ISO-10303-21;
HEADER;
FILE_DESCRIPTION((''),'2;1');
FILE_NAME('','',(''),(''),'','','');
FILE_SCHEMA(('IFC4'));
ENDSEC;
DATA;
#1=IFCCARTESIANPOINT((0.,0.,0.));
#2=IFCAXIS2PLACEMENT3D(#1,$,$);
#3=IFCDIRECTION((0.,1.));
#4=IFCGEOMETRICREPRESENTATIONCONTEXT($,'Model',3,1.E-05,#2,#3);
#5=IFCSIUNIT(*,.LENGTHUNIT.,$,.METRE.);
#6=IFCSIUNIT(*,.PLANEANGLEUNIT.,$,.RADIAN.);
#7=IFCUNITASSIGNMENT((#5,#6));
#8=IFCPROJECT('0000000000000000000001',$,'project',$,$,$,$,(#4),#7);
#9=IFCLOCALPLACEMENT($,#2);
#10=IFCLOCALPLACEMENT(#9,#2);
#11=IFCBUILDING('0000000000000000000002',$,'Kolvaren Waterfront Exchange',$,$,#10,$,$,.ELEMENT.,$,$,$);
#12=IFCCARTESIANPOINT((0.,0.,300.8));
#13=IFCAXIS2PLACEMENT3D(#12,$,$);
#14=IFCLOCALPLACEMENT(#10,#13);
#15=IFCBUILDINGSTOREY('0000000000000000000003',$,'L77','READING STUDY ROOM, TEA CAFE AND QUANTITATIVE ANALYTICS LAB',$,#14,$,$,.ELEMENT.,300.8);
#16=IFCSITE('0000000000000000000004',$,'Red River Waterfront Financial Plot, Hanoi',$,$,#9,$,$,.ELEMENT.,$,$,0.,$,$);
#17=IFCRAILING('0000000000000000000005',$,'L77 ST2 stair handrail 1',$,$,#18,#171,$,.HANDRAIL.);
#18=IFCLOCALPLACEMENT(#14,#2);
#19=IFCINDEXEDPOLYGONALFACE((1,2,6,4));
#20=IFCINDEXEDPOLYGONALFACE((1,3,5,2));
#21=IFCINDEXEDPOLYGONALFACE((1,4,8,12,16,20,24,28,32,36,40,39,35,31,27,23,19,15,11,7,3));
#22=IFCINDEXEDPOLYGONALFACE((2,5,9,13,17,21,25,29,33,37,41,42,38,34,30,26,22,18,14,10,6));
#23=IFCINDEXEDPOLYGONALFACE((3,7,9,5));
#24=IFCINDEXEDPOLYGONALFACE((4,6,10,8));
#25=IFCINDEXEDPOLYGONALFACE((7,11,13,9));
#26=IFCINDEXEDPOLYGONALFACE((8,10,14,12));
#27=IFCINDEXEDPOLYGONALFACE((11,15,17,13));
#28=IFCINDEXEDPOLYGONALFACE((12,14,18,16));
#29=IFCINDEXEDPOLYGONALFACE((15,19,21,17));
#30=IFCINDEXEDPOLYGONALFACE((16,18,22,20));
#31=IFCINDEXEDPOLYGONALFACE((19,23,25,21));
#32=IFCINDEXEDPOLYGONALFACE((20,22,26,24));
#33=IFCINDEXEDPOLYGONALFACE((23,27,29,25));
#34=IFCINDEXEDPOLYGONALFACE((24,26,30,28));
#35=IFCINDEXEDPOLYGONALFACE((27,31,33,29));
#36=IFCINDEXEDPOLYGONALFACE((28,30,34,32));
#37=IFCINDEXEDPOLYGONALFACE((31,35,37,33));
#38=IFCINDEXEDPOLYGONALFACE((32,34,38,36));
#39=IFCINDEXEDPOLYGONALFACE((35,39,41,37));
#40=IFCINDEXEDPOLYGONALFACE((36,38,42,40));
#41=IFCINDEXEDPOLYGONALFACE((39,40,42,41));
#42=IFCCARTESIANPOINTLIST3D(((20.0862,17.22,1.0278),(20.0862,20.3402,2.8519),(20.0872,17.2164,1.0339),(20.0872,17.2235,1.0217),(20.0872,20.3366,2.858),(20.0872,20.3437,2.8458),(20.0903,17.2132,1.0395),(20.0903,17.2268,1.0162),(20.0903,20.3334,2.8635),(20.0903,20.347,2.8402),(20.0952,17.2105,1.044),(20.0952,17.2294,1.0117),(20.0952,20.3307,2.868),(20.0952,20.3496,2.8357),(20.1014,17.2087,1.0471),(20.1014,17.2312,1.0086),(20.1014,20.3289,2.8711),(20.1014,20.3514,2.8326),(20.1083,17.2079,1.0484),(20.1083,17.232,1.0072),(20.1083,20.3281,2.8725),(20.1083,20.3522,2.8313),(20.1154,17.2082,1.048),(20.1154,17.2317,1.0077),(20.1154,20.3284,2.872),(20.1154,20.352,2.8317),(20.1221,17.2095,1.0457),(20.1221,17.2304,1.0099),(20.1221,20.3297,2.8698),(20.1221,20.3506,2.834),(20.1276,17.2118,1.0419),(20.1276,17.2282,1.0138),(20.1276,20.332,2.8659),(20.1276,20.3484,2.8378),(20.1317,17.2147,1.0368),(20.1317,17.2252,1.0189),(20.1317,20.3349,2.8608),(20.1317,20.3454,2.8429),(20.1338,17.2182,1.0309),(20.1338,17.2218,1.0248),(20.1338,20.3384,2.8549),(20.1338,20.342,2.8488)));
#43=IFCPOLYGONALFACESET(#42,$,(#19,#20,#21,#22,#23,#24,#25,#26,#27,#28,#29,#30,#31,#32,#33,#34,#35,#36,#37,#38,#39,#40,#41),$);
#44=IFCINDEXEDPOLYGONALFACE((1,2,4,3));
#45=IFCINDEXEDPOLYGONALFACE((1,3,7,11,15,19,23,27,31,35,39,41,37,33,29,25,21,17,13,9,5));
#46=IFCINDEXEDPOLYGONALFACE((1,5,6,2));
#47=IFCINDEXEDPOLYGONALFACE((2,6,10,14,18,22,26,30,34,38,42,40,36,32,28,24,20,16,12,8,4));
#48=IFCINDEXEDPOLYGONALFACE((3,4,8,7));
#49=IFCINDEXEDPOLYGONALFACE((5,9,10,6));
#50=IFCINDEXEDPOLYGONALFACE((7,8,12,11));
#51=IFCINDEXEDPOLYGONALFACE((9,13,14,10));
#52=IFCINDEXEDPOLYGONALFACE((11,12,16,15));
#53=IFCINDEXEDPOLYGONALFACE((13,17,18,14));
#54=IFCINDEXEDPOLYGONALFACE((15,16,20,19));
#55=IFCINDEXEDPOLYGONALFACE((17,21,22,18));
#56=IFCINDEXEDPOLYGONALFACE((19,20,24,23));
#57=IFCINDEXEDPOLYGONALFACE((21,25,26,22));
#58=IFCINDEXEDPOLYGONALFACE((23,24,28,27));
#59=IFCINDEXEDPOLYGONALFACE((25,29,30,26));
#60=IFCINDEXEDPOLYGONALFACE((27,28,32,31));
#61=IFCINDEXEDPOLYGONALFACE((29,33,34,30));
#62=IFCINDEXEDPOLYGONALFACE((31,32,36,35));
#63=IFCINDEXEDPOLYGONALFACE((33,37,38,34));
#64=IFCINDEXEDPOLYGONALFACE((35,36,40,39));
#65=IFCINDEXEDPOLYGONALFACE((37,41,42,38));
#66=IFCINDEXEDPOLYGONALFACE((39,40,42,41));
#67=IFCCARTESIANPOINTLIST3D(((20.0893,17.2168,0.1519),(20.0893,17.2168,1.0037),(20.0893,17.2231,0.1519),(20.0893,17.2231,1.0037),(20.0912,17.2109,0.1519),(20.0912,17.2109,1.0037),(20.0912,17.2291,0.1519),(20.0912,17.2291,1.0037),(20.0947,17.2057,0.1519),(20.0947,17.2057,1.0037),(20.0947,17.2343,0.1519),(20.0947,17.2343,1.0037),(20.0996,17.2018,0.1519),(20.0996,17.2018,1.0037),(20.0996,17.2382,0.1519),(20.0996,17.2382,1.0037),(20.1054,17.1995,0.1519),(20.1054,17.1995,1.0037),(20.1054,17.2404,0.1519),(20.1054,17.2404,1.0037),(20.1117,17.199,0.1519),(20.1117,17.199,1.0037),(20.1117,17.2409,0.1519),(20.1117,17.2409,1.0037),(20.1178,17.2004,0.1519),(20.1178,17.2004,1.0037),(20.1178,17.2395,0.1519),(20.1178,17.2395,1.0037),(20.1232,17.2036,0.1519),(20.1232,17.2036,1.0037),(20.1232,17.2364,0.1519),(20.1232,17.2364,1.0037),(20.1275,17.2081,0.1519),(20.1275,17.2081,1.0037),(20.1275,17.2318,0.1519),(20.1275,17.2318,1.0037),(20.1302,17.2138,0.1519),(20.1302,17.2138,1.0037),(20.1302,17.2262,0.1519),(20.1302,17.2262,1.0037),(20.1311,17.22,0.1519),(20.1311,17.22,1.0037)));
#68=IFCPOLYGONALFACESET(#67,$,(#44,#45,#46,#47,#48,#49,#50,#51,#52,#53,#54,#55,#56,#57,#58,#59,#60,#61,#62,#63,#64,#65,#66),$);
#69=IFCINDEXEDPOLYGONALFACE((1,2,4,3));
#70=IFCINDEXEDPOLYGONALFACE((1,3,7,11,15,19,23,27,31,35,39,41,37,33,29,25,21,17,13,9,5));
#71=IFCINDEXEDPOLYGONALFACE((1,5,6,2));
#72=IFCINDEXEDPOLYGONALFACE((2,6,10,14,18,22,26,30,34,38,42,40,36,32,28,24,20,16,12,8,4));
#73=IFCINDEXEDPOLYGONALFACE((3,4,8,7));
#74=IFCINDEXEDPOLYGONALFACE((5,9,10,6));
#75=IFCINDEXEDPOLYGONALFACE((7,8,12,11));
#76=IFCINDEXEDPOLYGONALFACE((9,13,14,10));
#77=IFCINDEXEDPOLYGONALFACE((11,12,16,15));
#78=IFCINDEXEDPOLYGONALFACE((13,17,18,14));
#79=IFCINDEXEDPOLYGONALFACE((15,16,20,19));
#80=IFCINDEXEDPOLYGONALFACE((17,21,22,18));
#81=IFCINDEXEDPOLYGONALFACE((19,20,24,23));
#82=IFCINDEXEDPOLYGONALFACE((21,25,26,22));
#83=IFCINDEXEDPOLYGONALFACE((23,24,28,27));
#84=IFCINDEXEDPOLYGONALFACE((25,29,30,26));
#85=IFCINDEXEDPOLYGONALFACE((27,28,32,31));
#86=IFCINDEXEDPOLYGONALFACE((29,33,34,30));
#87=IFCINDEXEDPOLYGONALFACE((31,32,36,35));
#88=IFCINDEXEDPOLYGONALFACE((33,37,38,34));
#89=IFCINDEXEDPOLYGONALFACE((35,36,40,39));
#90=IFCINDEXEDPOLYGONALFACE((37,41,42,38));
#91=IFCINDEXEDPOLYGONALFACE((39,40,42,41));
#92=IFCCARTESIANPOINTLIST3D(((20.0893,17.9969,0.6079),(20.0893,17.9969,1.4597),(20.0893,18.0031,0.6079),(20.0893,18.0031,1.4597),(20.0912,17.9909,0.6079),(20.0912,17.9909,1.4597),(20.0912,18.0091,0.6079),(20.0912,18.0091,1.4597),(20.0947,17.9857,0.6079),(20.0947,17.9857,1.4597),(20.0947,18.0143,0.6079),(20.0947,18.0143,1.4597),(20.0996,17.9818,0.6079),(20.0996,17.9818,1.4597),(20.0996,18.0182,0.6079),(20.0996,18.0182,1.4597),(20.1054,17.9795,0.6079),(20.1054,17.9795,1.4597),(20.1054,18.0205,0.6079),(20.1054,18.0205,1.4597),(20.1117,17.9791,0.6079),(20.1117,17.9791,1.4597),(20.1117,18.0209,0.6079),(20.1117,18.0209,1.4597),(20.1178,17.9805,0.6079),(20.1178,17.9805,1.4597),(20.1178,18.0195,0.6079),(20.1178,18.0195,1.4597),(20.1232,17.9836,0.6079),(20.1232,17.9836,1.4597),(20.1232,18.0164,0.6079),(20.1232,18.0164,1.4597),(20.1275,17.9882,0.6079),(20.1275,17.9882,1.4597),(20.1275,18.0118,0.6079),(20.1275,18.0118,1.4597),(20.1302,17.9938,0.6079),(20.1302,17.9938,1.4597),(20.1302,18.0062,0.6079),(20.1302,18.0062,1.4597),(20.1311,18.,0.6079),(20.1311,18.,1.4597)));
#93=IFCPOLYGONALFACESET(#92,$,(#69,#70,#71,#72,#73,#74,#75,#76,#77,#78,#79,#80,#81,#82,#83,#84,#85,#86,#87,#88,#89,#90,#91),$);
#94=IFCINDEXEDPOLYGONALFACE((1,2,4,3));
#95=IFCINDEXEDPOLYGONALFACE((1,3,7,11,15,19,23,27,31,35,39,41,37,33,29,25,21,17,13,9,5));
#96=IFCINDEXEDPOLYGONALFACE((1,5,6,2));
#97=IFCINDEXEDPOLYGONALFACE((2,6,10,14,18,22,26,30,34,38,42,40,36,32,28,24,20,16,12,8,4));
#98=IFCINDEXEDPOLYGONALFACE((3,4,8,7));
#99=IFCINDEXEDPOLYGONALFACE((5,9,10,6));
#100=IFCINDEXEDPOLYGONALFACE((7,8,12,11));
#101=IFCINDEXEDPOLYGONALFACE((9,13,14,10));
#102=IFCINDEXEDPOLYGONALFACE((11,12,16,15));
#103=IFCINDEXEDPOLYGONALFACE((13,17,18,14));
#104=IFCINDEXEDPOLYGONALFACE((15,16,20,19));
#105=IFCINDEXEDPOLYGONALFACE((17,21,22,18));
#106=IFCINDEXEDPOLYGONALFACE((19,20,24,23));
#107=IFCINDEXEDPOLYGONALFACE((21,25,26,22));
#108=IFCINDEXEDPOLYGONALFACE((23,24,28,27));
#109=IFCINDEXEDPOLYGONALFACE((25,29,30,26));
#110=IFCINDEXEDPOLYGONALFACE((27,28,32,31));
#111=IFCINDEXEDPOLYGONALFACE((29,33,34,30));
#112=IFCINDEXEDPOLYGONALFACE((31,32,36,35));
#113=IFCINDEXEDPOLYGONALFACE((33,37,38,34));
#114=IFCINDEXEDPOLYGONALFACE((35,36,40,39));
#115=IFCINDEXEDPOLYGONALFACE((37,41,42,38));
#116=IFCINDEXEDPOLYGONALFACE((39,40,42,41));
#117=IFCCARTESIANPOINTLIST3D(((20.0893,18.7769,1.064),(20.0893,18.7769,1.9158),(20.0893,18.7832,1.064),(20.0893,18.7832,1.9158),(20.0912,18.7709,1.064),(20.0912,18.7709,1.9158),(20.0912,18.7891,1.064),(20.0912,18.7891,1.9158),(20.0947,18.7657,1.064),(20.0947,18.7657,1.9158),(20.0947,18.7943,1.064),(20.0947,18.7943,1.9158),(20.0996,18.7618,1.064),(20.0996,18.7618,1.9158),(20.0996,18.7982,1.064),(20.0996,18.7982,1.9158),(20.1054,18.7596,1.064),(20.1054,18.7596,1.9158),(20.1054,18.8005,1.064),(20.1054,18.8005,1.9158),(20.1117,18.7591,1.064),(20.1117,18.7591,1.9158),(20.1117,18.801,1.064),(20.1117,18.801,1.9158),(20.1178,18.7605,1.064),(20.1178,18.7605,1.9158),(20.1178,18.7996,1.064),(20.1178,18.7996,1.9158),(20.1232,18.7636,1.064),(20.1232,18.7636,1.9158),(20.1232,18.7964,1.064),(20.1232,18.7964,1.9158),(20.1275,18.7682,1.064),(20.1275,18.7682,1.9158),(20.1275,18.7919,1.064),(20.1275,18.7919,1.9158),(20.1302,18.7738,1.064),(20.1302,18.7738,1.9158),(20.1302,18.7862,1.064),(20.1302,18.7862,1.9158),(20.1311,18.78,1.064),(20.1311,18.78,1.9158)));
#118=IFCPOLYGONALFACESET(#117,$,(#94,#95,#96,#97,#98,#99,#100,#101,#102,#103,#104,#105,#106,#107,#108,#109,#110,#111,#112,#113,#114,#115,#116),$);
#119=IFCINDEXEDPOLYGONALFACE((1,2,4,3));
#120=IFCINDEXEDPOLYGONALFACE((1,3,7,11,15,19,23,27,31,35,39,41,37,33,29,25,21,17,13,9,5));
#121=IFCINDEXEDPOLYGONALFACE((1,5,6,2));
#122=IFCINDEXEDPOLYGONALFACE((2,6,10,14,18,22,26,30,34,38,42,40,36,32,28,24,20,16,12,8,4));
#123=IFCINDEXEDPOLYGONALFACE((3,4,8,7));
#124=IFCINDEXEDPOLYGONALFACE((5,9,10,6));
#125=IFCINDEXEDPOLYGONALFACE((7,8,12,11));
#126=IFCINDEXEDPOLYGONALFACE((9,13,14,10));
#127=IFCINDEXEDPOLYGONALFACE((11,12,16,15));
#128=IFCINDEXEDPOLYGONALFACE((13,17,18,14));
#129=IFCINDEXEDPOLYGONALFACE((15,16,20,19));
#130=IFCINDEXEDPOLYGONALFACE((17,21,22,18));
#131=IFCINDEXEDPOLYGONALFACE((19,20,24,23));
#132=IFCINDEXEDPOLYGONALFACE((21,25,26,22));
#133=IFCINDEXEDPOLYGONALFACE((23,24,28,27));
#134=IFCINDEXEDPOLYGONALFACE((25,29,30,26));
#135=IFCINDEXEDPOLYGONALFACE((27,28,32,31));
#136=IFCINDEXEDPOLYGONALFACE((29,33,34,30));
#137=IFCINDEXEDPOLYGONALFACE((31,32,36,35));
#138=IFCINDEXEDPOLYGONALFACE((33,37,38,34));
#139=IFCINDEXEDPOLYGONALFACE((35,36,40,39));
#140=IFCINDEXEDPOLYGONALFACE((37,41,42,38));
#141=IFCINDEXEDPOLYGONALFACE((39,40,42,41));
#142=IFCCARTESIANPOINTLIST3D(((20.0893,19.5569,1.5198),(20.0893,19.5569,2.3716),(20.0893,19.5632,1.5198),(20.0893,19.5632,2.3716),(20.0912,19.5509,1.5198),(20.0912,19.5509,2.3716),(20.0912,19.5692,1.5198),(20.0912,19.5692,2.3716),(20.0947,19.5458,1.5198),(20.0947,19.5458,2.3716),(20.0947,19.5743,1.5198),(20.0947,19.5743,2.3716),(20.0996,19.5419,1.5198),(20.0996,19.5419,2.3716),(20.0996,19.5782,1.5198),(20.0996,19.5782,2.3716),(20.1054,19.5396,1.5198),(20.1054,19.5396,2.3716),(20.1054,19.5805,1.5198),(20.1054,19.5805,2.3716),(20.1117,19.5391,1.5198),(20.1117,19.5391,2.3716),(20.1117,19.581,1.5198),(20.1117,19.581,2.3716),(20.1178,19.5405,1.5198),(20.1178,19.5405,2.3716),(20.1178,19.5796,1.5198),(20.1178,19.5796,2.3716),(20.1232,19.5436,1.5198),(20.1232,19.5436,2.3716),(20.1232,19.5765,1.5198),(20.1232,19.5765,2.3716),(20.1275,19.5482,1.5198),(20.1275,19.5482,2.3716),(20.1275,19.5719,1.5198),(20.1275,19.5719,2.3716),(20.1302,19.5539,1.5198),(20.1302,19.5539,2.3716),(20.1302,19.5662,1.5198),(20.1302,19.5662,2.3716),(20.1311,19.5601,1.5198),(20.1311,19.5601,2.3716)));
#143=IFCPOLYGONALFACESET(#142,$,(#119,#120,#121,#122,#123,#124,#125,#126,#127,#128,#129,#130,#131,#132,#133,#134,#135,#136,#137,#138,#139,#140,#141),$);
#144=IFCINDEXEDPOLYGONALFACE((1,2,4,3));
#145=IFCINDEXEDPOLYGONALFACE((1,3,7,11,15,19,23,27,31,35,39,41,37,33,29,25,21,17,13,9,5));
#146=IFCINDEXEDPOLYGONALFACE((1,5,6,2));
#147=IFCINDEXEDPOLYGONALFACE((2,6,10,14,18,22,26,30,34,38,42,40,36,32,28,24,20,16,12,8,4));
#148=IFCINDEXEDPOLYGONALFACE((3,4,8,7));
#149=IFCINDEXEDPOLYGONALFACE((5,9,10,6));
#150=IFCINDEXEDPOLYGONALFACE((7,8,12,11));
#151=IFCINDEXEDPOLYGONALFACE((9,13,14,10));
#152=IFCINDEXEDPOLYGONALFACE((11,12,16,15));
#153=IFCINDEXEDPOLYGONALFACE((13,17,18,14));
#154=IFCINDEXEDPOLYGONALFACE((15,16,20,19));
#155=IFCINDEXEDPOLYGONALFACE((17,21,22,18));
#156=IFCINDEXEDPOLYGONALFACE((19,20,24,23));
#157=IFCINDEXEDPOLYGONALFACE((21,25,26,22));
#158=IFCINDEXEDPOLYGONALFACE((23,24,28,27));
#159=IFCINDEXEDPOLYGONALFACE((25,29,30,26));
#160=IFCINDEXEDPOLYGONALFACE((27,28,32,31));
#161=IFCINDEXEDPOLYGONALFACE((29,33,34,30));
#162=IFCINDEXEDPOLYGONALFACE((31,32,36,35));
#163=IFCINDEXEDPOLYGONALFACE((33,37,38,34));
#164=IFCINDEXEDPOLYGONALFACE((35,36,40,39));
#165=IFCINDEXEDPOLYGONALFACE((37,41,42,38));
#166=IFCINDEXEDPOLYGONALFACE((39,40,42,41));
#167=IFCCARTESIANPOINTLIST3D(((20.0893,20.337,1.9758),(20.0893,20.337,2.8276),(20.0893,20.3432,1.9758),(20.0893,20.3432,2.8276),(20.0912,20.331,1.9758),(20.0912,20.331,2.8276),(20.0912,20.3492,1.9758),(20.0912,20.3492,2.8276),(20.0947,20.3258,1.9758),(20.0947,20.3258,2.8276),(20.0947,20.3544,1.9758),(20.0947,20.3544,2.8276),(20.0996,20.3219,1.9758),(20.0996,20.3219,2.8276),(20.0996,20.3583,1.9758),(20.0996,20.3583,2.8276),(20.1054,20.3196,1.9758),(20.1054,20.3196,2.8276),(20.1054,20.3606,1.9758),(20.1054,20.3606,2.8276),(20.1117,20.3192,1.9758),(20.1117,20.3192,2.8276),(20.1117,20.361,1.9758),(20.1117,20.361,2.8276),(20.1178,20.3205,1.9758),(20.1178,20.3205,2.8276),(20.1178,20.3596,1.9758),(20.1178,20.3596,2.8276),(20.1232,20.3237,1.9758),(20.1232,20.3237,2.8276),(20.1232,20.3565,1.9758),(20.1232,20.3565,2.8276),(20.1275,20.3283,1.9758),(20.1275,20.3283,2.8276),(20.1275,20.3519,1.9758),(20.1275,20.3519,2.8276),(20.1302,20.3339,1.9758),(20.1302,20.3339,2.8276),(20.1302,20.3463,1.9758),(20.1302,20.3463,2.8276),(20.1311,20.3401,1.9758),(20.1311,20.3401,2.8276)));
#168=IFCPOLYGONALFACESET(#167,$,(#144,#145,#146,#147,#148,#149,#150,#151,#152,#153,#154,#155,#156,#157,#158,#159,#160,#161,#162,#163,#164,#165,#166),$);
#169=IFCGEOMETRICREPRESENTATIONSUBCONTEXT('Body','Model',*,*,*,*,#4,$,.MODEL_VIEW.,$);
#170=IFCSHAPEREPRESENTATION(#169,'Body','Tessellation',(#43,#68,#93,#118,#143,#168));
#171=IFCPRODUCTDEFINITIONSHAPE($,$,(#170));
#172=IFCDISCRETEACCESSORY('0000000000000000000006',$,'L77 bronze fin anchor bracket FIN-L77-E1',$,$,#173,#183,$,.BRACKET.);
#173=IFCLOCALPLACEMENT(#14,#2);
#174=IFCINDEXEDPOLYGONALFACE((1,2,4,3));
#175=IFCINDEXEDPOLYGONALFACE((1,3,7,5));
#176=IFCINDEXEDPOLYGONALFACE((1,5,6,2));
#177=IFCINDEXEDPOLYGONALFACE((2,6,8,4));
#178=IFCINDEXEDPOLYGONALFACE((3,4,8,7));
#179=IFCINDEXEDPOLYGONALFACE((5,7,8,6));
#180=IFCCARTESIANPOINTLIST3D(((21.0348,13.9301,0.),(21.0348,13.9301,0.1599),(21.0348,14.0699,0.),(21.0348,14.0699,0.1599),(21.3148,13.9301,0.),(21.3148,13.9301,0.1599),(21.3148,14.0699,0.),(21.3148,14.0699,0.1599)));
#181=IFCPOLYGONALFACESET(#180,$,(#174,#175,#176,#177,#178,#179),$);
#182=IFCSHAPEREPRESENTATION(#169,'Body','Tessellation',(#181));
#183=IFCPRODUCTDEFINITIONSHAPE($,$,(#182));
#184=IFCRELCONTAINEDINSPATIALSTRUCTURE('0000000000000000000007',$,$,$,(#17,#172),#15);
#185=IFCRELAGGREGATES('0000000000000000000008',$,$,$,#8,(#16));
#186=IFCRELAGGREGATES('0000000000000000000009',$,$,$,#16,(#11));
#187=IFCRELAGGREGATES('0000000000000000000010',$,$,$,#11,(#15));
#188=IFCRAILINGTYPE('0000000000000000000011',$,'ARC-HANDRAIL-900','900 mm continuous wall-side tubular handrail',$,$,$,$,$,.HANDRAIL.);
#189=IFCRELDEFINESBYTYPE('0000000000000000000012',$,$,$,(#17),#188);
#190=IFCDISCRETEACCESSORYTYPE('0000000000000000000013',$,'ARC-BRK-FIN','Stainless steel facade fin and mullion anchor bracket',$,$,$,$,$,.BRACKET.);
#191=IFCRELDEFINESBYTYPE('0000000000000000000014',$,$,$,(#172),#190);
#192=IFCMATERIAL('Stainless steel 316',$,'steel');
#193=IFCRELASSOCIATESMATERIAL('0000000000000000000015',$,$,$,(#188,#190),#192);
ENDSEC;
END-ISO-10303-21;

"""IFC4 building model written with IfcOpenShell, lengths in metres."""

from ifc_helpers import new_model, si_unit, direction, frame, origin, origin_with_axes, origin_2d, place, context, subcontext, project, spatial, rectangle, circle, extrude, source, transform, mapped, material, type_object, element, save


model = new_model("IFC4")

# Units and contexts
model_context = context("Model", 3, precision=1e-05, world=origin(), true_north=direction((0.0, 1.0)))
body_context = subcontext(model_context, "Body", "Model", "MODEL_VIEW")
ifc_project = project(units=[si_unit("LENGTHUNIT", "METRE"), si_unit("PLANEANGLEUNIT", "RADIAN")], contexts=[model_context])

# Site, building, storey
site_placement = place(None, origin())
site = spatial("IfcSite", under=ifc_project, at=site_placement, Name="Red River Waterfront Financial Plot, Hanoi", CompositionType="ELEMENT", RefElevation=0.0)
building_placement = place(site_placement, origin())
building = spatial("IfcBuilding", under=site, at=building_placement, Name="Kolvaren Waterfront Exchange", CompositionType="ELEMENT")
storey_placement = place(building_placement, frame((0.0, 0.0, 300.8)))
storey = spatial("IfcBuildingStorey", under=building, at=storey_placement, Name="L77", Description="READING STUDY ROOM, TEA CAFE AND QUANTITATIVE ANALYTICS LAB", CompositionType="ELEMENT", Elevation=300.8)

# Railing
ifc_material_1 = material(Name="Stainless steel 316", Category="steel")
railing_type_1 = type_object("IfcRailingType", Name="ARC-HANDRAIL-900", Description="900 mm continuous wall-side tubular handrail", PredefinedType="HANDRAIL", material=ifc_material_1)
railing_1_placement = place(storey_placement, frame((20.1101, 17.22, 0.1519)))
element("IfcRailing", 1, at=railing_1_placement, inside=storey, type_object=railing_type_1, Name="L77 ST2 stair handrail 1", PredefinedType="HANDRAIL", context=body_context, shape_type="SweptSolid", body=[
    extrude(circle(Radius=0.0239, at=origin_2d()), frame((0.0, 0.0, 0.876), z_axis=(0.0, 0.863308, 0.504677), x_axis=(-1.0, 0.0, 0.0)), (0.0, 0.0, 1.0), 3.6143),
    extrude(circle(Radius=0.021, at=origin_2d()), origin(), (0.0, 0.0, 1.0), 0.8518),
    extrude(circle(Radius=0.021, at=origin_2d()), frame((0.0, 0.78, 0.4561)), (0.0, 0.0, 1.0), 0.8518),
    extrude(circle(Radius=0.021, at=origin_2d()), frame((0.0, 1.5601, 0.9121)), (0.0, 0.0, 1.0), 0.8518),
    extrude(circle(Radius=0.021, at=origin_2d()), frame((0.0, 2.3401, 1.3679)), (0.0, 0.0, 1.0), 0.8518),
    extrude(circle(Radius=0.021, at=origin_2d()), frame((0.0, 3.1201, 1.824)), (0.0, 0.0, 1.0), 0.8518),
])

# Discrete accessory
discrete_accessory_type = type_object("IfcDiscreteAccessoryType", Name="ARC-BRK-FIN", Description="Stainless steel facade fin and mullion anchor bracket", PredefinedType="BRACKET", material=ifc_material_1)
shared_shape = source(origin_with_axes(), body_context, "Body", "SweptSolid", [
    extrude(rectangle(XDim=0.28, YDim=0.1399, at=origin_2d()), origin(), (0.0, 0.0, 1.0), 0.1599),
])
discrete_accessory_placement = place(storey_placement, frame((21.1748, 14.0, 0.0), z_axis=(0.0, 0.0, 1.0), x_axis=(1.0, 0.0, 0.0)))
element("IfcDiscreteAccessory", 2, at=discrete_accessory_placement, inside=storey, type_object=discrete_accessory_type, Name="L77 bronze fin anchor bracket FIN-L77-E1", PredefinedType="BRACKET", context=body_context, shape_type="MappedRepresentation", body=[
    mapped(shared_shape, transform((0.0, 0.0, 0.0), x_axis=(1.0, 0.0, 0.0), y_axis=(0.0, 1.0, 0.0), z_axis=(0.0, 0.0, 1.0), scale=1.0)),
])

save(model, "model.ifc")
